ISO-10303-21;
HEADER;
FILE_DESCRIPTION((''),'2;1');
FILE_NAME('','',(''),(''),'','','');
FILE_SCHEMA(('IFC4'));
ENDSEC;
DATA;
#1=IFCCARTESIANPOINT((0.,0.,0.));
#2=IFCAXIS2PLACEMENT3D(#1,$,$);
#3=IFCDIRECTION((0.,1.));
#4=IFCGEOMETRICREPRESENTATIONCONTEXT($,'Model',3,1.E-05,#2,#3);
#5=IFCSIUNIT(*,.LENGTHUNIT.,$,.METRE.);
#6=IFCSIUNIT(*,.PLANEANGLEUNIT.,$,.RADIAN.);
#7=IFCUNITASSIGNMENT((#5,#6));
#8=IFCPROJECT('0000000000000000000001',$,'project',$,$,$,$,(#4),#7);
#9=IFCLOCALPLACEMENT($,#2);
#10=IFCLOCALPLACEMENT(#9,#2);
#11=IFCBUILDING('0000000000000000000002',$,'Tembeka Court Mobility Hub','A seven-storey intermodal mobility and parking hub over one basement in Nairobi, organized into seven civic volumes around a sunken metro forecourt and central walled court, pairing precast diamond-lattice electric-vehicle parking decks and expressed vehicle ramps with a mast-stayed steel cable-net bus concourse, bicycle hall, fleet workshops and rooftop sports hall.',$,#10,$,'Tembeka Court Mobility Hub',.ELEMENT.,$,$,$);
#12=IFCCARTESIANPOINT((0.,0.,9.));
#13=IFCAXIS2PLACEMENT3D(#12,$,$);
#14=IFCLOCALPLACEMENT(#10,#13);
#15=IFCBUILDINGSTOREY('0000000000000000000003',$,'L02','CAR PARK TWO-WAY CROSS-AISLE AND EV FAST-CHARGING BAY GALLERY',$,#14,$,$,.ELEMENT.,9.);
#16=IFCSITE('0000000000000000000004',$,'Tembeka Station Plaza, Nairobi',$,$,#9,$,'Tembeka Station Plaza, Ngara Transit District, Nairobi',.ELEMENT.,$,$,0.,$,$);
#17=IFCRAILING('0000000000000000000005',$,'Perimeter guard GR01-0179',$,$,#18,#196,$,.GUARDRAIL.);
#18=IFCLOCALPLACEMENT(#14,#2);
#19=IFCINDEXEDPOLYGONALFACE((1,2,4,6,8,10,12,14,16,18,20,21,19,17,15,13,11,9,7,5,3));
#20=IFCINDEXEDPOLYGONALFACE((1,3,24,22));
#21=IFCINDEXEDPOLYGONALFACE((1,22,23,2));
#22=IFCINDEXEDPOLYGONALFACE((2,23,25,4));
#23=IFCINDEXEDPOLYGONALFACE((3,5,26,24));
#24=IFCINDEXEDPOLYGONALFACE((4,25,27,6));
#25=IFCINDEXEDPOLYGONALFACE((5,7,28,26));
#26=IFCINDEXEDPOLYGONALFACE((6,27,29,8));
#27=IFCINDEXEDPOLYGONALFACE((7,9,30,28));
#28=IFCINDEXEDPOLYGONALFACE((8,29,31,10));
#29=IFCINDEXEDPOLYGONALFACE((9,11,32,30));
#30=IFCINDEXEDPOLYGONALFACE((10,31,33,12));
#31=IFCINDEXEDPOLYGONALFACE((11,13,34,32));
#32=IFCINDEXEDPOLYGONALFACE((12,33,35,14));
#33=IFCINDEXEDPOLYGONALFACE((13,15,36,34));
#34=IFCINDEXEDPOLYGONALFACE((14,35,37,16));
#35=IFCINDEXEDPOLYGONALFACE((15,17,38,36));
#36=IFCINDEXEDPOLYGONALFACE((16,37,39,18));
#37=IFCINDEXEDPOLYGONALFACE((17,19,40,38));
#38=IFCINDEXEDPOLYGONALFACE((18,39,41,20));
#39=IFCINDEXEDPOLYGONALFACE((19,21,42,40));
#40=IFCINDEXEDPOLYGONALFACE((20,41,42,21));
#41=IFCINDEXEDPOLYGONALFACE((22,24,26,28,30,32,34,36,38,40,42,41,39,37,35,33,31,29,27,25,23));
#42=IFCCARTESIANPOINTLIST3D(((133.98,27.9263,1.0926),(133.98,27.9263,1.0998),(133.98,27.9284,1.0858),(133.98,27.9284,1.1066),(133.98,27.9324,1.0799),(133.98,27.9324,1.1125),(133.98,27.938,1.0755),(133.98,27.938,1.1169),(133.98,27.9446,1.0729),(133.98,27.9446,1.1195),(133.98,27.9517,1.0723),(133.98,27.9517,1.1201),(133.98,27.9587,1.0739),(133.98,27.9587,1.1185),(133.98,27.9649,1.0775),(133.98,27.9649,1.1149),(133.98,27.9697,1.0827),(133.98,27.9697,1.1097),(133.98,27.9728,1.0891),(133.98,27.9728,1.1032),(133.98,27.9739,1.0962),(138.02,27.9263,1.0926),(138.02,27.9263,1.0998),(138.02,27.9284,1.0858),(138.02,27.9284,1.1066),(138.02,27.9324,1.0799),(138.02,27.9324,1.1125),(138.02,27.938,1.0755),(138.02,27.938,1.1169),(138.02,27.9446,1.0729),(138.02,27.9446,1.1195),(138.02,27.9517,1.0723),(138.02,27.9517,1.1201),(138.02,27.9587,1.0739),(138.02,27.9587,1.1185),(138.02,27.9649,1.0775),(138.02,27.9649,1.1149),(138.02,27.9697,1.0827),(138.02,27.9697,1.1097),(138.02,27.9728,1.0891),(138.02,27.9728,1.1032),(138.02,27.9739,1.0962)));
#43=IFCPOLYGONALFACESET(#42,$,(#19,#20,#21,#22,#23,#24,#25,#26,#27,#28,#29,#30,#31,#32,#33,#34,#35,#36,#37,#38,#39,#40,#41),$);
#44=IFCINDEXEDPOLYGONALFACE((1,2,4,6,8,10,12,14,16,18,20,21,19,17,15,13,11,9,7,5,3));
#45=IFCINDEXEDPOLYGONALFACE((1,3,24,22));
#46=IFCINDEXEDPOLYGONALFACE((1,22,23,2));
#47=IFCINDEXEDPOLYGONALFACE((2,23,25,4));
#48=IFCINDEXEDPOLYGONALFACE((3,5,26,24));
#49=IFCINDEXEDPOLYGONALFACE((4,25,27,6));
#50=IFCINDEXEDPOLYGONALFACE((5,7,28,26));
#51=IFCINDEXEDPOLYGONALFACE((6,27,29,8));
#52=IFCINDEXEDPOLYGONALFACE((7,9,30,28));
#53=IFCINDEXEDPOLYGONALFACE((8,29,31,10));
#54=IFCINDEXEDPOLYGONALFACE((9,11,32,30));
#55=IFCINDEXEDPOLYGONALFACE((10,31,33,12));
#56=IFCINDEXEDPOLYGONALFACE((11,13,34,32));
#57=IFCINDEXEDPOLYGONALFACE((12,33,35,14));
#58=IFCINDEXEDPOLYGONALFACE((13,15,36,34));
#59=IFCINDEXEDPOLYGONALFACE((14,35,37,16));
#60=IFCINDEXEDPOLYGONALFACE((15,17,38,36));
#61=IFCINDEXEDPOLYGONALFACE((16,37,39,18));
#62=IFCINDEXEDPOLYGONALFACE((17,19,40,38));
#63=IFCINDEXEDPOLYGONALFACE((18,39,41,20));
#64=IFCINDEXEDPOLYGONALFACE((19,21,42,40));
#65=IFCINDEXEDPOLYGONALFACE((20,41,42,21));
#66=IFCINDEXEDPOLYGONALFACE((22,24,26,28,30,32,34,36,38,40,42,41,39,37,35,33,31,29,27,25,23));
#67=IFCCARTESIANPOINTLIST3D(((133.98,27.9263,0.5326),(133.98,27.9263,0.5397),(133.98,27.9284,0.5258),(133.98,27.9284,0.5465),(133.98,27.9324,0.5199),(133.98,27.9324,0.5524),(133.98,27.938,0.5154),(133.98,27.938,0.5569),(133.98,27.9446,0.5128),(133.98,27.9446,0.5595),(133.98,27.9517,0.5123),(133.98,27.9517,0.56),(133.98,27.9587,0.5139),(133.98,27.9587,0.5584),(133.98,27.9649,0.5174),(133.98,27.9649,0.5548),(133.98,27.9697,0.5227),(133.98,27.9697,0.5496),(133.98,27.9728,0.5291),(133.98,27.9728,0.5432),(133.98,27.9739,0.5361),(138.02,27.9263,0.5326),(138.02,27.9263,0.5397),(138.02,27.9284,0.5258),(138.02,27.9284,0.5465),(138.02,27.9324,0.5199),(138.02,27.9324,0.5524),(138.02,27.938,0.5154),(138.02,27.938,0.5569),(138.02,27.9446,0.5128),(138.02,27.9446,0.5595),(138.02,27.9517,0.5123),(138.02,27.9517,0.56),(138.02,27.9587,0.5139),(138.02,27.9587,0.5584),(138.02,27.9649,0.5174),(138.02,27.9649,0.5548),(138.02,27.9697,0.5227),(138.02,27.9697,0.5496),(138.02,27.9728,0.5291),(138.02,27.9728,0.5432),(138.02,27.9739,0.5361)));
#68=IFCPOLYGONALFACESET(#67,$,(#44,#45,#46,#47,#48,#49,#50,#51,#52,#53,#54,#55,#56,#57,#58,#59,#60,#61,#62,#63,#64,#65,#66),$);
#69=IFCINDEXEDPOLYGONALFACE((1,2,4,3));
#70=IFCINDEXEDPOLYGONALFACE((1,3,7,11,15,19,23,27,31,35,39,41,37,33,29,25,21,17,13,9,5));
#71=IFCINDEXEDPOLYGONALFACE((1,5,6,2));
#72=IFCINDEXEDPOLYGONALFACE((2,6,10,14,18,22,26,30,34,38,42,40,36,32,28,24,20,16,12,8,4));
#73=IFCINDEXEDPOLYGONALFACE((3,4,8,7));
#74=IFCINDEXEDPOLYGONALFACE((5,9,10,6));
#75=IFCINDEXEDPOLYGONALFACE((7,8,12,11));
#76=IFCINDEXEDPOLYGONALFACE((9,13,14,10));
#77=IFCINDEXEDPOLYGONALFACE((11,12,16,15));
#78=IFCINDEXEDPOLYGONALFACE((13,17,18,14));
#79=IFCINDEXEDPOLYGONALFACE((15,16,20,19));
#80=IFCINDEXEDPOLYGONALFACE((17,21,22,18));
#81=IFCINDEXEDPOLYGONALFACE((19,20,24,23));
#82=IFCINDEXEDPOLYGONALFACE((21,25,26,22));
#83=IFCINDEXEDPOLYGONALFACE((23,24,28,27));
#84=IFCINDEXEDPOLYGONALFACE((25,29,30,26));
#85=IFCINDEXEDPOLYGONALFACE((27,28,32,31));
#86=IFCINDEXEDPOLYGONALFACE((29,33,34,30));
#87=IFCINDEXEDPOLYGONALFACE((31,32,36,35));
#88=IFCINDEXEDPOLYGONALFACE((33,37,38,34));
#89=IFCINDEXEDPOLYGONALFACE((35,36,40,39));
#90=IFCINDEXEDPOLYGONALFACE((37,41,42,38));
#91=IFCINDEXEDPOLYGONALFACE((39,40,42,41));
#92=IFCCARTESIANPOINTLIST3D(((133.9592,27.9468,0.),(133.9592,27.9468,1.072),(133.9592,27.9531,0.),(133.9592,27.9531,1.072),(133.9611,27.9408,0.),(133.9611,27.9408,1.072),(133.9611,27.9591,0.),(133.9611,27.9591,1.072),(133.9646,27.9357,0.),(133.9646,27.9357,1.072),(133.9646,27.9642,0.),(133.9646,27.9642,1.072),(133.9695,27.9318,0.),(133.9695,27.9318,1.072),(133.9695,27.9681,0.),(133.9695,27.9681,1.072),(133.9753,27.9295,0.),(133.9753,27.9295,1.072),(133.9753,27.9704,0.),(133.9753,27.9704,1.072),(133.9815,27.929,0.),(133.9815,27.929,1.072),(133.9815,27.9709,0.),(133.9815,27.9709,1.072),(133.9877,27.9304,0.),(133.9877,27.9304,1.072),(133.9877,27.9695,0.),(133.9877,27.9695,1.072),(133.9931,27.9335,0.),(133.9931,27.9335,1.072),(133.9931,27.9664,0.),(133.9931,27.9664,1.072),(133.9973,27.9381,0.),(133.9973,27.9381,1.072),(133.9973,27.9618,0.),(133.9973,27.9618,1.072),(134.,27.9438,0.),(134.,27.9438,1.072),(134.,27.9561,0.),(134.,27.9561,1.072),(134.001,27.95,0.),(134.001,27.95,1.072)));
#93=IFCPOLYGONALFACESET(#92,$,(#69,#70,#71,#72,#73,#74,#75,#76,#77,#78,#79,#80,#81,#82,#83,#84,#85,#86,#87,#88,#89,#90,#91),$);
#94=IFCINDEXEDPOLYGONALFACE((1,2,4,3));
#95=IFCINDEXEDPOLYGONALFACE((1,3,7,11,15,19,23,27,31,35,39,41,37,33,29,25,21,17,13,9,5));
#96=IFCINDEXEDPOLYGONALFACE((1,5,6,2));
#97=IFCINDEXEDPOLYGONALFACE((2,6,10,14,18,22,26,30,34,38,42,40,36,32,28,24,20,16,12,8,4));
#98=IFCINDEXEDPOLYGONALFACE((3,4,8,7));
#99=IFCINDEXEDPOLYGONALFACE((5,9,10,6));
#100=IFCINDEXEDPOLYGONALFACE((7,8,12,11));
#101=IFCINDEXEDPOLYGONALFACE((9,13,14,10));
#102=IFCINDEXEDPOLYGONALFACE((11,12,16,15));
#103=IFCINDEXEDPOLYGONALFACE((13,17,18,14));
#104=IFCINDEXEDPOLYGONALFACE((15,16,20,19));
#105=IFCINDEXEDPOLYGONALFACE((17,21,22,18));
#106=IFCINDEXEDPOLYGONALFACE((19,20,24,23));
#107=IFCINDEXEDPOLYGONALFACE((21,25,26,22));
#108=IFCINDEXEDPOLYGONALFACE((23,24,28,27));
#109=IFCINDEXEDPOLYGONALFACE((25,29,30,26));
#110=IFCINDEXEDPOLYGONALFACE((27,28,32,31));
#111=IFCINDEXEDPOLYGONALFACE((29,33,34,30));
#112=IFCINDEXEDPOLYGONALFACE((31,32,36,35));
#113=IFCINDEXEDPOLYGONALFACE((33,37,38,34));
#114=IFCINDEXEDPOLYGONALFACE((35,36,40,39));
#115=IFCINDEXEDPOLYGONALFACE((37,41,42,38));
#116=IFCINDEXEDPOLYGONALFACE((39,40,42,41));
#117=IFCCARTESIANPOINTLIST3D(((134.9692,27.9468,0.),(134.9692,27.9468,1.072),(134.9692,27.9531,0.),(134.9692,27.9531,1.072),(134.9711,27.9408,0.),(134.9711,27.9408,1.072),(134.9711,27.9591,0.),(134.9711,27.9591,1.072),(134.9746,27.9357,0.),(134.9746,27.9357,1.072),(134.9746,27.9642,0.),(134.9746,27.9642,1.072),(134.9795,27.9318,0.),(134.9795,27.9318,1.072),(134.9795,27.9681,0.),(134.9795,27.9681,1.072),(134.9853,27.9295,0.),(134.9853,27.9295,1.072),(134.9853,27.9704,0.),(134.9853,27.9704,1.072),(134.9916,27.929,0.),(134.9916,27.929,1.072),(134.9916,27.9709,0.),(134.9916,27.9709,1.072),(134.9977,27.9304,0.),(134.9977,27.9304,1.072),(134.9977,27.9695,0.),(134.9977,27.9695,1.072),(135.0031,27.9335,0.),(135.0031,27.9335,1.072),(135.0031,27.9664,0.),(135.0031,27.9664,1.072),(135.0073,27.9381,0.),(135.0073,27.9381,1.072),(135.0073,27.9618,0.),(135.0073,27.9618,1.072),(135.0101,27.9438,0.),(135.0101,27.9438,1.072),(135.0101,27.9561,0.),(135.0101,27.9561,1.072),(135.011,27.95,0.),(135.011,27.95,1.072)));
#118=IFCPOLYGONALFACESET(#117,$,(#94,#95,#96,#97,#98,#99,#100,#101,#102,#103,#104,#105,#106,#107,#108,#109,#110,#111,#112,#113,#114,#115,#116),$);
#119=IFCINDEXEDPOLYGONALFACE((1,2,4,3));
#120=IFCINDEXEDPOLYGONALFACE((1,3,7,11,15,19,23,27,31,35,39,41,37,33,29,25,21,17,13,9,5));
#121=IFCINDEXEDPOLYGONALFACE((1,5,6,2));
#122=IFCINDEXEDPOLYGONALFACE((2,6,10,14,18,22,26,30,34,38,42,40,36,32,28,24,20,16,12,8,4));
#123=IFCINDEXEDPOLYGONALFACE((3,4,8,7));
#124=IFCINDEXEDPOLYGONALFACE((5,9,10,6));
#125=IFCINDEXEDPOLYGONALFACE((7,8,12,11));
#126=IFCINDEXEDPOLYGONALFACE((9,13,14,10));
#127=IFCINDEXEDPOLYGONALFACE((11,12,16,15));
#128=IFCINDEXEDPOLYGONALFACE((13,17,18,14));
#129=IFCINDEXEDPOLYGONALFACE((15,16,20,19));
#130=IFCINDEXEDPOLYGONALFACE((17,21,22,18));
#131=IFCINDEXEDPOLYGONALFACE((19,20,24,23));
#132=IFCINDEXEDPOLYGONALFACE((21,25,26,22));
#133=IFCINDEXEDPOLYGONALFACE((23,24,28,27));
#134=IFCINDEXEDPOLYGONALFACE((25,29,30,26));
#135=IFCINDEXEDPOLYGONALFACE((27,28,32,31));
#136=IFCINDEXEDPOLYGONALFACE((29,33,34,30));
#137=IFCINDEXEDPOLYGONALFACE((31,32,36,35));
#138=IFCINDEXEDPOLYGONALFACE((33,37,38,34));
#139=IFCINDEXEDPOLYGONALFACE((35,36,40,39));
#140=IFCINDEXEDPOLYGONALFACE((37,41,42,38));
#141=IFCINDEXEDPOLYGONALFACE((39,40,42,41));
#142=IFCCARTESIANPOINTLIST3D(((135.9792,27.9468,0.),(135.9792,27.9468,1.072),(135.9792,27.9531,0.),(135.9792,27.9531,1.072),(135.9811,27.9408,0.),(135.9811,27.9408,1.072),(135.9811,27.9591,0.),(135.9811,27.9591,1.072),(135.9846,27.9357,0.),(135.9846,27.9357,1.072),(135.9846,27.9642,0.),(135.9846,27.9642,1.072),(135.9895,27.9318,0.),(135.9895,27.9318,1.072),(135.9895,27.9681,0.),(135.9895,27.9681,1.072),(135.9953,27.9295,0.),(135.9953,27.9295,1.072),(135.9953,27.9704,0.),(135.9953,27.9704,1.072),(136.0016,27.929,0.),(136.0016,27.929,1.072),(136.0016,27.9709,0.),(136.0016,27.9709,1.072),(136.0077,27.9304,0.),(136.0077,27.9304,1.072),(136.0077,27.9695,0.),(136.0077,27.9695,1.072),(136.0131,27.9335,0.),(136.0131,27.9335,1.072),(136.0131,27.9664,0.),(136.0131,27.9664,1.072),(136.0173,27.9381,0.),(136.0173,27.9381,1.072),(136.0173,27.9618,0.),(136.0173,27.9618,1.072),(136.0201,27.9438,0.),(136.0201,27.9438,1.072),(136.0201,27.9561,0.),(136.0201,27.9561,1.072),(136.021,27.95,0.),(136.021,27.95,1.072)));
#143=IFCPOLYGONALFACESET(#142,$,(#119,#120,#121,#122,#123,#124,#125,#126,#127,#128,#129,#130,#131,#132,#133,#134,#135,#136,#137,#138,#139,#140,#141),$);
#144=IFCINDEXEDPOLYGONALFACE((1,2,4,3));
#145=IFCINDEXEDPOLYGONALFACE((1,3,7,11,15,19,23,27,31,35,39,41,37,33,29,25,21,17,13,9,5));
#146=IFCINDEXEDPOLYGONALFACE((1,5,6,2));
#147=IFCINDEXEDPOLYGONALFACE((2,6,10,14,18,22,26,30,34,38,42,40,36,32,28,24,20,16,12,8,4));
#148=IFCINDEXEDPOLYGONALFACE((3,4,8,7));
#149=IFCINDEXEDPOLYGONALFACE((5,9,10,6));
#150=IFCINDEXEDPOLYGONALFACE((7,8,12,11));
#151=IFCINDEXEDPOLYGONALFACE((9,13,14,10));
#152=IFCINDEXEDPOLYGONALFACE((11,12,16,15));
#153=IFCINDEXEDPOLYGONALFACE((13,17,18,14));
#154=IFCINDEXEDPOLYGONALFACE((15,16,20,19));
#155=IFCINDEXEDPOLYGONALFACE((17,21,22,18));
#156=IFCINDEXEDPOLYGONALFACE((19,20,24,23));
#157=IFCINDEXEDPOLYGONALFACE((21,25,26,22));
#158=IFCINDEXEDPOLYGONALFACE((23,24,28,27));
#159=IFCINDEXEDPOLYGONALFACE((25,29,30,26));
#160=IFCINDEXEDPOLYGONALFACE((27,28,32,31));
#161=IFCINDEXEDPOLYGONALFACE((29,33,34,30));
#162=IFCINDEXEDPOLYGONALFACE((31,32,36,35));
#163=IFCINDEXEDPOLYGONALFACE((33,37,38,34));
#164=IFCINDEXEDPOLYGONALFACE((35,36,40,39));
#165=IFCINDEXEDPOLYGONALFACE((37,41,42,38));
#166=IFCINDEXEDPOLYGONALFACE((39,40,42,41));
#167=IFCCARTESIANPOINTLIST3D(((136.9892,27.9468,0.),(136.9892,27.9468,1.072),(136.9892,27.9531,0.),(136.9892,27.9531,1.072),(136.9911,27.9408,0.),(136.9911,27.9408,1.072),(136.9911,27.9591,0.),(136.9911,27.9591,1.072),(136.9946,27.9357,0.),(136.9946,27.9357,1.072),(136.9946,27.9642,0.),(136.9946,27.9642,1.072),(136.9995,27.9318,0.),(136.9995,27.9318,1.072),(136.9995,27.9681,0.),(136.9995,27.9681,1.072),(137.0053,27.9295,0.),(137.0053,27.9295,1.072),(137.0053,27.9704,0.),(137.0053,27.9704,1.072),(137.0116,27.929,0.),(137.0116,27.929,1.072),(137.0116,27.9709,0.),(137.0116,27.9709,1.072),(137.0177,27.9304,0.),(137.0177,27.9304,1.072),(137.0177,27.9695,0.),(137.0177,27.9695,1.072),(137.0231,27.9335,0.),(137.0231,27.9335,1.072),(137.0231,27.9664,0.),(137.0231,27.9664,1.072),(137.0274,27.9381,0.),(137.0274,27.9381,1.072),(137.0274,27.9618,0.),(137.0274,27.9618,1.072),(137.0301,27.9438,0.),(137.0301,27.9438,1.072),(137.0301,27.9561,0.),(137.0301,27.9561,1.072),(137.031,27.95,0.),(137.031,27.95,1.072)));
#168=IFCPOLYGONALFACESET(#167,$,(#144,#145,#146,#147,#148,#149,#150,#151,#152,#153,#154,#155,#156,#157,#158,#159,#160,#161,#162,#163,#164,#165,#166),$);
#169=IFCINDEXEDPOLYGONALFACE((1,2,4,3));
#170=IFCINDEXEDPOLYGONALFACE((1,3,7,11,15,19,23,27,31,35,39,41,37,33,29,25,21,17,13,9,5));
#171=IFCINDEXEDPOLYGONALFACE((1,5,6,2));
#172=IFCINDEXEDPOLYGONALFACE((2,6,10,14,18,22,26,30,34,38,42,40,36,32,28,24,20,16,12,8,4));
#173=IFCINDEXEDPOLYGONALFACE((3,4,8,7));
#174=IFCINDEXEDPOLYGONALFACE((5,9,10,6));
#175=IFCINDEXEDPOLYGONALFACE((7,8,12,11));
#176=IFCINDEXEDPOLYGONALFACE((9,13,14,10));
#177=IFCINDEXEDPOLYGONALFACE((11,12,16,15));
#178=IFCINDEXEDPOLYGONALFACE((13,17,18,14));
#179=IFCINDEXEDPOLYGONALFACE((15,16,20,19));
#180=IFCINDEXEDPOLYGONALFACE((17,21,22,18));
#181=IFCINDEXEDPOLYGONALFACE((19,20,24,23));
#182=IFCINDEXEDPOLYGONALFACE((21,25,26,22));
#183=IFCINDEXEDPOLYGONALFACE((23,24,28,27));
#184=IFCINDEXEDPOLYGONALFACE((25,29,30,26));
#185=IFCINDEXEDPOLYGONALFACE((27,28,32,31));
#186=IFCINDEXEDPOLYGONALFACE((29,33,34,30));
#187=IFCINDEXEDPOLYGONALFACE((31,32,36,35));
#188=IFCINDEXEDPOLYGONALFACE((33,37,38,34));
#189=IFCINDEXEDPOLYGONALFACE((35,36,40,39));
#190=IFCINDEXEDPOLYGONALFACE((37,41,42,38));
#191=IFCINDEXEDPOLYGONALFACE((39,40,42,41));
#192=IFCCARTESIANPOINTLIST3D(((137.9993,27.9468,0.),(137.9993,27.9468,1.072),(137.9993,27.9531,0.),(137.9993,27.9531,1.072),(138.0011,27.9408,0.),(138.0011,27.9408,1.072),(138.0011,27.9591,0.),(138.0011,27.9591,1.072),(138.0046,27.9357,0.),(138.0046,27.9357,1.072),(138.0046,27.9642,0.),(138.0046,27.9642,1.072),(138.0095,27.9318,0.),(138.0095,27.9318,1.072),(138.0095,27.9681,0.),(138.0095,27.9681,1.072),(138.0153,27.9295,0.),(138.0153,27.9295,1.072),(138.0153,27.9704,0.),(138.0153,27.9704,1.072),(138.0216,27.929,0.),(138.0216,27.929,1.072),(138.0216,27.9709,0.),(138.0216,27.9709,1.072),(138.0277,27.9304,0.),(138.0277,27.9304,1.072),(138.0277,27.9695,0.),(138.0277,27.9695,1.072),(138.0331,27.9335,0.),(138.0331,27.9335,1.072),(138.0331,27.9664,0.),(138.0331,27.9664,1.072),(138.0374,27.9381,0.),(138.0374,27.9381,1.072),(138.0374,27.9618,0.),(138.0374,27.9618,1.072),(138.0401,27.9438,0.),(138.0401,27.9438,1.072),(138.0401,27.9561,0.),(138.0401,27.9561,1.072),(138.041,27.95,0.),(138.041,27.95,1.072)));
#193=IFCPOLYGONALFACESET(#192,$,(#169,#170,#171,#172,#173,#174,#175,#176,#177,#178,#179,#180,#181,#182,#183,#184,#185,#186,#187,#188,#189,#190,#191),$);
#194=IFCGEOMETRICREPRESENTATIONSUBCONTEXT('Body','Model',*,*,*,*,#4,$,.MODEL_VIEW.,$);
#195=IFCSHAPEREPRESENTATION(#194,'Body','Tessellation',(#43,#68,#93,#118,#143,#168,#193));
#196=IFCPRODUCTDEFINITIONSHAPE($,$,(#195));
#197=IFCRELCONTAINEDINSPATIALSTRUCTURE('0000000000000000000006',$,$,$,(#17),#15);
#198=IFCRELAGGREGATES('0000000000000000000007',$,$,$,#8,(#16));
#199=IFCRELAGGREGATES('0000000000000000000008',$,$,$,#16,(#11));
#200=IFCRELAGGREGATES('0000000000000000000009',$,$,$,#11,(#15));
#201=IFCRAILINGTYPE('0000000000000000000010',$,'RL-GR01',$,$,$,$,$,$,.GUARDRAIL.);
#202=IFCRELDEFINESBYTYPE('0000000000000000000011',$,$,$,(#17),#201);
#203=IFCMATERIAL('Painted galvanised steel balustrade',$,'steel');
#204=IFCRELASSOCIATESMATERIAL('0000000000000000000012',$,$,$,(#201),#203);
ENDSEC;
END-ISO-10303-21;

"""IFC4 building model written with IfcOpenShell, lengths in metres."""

from ifc_helpers import new_model, si_unit, direction, frame, origin, origin_2d, place, context, subcontext, project, spatial, circle, extrude, material, type_object, element, save


model = new_model("IFC4")

# Units and contexts
model_context = context("Model", 3, precision=1e-05, world=origin(), true_north=direction((0.0, 1.0)))
body_context = subcontext(model_context, "Body", "Model", "MODEL_VIEW")
ifc_project = project(units=[si_unit("LENGTHUNIT", "METRE"), si_unit("PLANEANGLEUNIT", "RADIAN")], contexts=[model_context])

# Site, building, storey
site_placement = place(None, origin())
site = spatial("IfcSite", under=ifc_project, at=site_placement, Name="Tembeka Station Plaza, Nairobi", LongName="Tembeka Station Plaza, Ngara Transit District, Nairobi", CompositionType="ELEMENT", RefElevation=0.0)
building_placement = place(site_placement, origin())
building = spatial("IfcBuilding", under=site, at=building_placement, Name="Tembeka Court Mobility Hub", Description="A seven-storey intermodal mobility and parking hub over one basement in Nairobi, organized into seven civic volumes around a sunken metro forecourt and central walled court, pairing precast diamond-lattice electric-vehicle parking decks and expressed vehicle ramps with a mast-stayed steel cable-net bus concourse, bicycle hall, fleet workshops and rooftop sports hall.", LongName="Tembeka Court Mobility Hub", CompositionType="ELEMENT")
storey_placement = place(building_placement, frame((0.0, 0.0, 9.0)))
storey = spatial("IfcBuildingStorey", under=building, at=storey_placement, Name="L02", Description="CAR PARK TWO-WAY CROSS-AISLE AND EV FAST-CHARGING BAY GALLERY", CompositionType="ELEMENT", Elevation=9.0)

# Railing
ifc_material_1 = material(Name="Painted galvanised steel balustrade", Category="steel")
railing_type = type_object("IfcRailingType", Name="RL-GR01", PredefinedType="GUARDRAIL", material=ifc_material_1)
railing_1_placement = place(storey_placement, frame((133.98, 27.95, 0.0)))
element("IfcRailing", 1, at=railing_1_placement, inside=storey, type_object=railing_type, Name="Perimeter guard GR01-0179", PredefinedType="GUARDRAIL", context=body_context, shape_type="SweptSolid", body=[
    extrude(circle(Radius=0.0239, at=origin_2d()), frame((0.0, 0.0, 1.0962), z_axis=(1.0, 0.0, 0.0), x_axis=(0.0, 1.0, 0.0)), (0.0, 0.0, 1.0), 4.04),
    extrude(circle(Radius=0.0239, at=origin_2d()), frame((0.0, 0.0, 0.5361), z_axis=(1.0, 0.0, 0.0), x_axis=(0.0, 1.0, 0.0)), (0.0, 0.0, 1.0), 4.04),
    extrude(circle(Radius=0.021, at=origin_2d()), origin(), (0.0, 0.0, 1.0), 1.072),
    extrude(circle(Radius=0.021, at=origin_2d()), frame((1.01, 0.0, 0.0)), (0.0, 0.0, 1.0), 1.072),
    extrude(circle(Radius=0.021, at=origin_2d()), frame((2.02, 0.0, 0.0)), (0.0, 0.0, 1.0), 1.072),
    extrude(circle(Radius=0.021, at=origin_2d()), frame((3.03, 0.0, 0.0)), (0.0, 0.0, 1.0), 1.072),
    extrude(circle(Radius=0.021, at=origin_2d()), frame((4.04, 0.0, 0.0)), (0.0, 0.0, 1.0), 1.072),
])

save(model, "model.ifc")
